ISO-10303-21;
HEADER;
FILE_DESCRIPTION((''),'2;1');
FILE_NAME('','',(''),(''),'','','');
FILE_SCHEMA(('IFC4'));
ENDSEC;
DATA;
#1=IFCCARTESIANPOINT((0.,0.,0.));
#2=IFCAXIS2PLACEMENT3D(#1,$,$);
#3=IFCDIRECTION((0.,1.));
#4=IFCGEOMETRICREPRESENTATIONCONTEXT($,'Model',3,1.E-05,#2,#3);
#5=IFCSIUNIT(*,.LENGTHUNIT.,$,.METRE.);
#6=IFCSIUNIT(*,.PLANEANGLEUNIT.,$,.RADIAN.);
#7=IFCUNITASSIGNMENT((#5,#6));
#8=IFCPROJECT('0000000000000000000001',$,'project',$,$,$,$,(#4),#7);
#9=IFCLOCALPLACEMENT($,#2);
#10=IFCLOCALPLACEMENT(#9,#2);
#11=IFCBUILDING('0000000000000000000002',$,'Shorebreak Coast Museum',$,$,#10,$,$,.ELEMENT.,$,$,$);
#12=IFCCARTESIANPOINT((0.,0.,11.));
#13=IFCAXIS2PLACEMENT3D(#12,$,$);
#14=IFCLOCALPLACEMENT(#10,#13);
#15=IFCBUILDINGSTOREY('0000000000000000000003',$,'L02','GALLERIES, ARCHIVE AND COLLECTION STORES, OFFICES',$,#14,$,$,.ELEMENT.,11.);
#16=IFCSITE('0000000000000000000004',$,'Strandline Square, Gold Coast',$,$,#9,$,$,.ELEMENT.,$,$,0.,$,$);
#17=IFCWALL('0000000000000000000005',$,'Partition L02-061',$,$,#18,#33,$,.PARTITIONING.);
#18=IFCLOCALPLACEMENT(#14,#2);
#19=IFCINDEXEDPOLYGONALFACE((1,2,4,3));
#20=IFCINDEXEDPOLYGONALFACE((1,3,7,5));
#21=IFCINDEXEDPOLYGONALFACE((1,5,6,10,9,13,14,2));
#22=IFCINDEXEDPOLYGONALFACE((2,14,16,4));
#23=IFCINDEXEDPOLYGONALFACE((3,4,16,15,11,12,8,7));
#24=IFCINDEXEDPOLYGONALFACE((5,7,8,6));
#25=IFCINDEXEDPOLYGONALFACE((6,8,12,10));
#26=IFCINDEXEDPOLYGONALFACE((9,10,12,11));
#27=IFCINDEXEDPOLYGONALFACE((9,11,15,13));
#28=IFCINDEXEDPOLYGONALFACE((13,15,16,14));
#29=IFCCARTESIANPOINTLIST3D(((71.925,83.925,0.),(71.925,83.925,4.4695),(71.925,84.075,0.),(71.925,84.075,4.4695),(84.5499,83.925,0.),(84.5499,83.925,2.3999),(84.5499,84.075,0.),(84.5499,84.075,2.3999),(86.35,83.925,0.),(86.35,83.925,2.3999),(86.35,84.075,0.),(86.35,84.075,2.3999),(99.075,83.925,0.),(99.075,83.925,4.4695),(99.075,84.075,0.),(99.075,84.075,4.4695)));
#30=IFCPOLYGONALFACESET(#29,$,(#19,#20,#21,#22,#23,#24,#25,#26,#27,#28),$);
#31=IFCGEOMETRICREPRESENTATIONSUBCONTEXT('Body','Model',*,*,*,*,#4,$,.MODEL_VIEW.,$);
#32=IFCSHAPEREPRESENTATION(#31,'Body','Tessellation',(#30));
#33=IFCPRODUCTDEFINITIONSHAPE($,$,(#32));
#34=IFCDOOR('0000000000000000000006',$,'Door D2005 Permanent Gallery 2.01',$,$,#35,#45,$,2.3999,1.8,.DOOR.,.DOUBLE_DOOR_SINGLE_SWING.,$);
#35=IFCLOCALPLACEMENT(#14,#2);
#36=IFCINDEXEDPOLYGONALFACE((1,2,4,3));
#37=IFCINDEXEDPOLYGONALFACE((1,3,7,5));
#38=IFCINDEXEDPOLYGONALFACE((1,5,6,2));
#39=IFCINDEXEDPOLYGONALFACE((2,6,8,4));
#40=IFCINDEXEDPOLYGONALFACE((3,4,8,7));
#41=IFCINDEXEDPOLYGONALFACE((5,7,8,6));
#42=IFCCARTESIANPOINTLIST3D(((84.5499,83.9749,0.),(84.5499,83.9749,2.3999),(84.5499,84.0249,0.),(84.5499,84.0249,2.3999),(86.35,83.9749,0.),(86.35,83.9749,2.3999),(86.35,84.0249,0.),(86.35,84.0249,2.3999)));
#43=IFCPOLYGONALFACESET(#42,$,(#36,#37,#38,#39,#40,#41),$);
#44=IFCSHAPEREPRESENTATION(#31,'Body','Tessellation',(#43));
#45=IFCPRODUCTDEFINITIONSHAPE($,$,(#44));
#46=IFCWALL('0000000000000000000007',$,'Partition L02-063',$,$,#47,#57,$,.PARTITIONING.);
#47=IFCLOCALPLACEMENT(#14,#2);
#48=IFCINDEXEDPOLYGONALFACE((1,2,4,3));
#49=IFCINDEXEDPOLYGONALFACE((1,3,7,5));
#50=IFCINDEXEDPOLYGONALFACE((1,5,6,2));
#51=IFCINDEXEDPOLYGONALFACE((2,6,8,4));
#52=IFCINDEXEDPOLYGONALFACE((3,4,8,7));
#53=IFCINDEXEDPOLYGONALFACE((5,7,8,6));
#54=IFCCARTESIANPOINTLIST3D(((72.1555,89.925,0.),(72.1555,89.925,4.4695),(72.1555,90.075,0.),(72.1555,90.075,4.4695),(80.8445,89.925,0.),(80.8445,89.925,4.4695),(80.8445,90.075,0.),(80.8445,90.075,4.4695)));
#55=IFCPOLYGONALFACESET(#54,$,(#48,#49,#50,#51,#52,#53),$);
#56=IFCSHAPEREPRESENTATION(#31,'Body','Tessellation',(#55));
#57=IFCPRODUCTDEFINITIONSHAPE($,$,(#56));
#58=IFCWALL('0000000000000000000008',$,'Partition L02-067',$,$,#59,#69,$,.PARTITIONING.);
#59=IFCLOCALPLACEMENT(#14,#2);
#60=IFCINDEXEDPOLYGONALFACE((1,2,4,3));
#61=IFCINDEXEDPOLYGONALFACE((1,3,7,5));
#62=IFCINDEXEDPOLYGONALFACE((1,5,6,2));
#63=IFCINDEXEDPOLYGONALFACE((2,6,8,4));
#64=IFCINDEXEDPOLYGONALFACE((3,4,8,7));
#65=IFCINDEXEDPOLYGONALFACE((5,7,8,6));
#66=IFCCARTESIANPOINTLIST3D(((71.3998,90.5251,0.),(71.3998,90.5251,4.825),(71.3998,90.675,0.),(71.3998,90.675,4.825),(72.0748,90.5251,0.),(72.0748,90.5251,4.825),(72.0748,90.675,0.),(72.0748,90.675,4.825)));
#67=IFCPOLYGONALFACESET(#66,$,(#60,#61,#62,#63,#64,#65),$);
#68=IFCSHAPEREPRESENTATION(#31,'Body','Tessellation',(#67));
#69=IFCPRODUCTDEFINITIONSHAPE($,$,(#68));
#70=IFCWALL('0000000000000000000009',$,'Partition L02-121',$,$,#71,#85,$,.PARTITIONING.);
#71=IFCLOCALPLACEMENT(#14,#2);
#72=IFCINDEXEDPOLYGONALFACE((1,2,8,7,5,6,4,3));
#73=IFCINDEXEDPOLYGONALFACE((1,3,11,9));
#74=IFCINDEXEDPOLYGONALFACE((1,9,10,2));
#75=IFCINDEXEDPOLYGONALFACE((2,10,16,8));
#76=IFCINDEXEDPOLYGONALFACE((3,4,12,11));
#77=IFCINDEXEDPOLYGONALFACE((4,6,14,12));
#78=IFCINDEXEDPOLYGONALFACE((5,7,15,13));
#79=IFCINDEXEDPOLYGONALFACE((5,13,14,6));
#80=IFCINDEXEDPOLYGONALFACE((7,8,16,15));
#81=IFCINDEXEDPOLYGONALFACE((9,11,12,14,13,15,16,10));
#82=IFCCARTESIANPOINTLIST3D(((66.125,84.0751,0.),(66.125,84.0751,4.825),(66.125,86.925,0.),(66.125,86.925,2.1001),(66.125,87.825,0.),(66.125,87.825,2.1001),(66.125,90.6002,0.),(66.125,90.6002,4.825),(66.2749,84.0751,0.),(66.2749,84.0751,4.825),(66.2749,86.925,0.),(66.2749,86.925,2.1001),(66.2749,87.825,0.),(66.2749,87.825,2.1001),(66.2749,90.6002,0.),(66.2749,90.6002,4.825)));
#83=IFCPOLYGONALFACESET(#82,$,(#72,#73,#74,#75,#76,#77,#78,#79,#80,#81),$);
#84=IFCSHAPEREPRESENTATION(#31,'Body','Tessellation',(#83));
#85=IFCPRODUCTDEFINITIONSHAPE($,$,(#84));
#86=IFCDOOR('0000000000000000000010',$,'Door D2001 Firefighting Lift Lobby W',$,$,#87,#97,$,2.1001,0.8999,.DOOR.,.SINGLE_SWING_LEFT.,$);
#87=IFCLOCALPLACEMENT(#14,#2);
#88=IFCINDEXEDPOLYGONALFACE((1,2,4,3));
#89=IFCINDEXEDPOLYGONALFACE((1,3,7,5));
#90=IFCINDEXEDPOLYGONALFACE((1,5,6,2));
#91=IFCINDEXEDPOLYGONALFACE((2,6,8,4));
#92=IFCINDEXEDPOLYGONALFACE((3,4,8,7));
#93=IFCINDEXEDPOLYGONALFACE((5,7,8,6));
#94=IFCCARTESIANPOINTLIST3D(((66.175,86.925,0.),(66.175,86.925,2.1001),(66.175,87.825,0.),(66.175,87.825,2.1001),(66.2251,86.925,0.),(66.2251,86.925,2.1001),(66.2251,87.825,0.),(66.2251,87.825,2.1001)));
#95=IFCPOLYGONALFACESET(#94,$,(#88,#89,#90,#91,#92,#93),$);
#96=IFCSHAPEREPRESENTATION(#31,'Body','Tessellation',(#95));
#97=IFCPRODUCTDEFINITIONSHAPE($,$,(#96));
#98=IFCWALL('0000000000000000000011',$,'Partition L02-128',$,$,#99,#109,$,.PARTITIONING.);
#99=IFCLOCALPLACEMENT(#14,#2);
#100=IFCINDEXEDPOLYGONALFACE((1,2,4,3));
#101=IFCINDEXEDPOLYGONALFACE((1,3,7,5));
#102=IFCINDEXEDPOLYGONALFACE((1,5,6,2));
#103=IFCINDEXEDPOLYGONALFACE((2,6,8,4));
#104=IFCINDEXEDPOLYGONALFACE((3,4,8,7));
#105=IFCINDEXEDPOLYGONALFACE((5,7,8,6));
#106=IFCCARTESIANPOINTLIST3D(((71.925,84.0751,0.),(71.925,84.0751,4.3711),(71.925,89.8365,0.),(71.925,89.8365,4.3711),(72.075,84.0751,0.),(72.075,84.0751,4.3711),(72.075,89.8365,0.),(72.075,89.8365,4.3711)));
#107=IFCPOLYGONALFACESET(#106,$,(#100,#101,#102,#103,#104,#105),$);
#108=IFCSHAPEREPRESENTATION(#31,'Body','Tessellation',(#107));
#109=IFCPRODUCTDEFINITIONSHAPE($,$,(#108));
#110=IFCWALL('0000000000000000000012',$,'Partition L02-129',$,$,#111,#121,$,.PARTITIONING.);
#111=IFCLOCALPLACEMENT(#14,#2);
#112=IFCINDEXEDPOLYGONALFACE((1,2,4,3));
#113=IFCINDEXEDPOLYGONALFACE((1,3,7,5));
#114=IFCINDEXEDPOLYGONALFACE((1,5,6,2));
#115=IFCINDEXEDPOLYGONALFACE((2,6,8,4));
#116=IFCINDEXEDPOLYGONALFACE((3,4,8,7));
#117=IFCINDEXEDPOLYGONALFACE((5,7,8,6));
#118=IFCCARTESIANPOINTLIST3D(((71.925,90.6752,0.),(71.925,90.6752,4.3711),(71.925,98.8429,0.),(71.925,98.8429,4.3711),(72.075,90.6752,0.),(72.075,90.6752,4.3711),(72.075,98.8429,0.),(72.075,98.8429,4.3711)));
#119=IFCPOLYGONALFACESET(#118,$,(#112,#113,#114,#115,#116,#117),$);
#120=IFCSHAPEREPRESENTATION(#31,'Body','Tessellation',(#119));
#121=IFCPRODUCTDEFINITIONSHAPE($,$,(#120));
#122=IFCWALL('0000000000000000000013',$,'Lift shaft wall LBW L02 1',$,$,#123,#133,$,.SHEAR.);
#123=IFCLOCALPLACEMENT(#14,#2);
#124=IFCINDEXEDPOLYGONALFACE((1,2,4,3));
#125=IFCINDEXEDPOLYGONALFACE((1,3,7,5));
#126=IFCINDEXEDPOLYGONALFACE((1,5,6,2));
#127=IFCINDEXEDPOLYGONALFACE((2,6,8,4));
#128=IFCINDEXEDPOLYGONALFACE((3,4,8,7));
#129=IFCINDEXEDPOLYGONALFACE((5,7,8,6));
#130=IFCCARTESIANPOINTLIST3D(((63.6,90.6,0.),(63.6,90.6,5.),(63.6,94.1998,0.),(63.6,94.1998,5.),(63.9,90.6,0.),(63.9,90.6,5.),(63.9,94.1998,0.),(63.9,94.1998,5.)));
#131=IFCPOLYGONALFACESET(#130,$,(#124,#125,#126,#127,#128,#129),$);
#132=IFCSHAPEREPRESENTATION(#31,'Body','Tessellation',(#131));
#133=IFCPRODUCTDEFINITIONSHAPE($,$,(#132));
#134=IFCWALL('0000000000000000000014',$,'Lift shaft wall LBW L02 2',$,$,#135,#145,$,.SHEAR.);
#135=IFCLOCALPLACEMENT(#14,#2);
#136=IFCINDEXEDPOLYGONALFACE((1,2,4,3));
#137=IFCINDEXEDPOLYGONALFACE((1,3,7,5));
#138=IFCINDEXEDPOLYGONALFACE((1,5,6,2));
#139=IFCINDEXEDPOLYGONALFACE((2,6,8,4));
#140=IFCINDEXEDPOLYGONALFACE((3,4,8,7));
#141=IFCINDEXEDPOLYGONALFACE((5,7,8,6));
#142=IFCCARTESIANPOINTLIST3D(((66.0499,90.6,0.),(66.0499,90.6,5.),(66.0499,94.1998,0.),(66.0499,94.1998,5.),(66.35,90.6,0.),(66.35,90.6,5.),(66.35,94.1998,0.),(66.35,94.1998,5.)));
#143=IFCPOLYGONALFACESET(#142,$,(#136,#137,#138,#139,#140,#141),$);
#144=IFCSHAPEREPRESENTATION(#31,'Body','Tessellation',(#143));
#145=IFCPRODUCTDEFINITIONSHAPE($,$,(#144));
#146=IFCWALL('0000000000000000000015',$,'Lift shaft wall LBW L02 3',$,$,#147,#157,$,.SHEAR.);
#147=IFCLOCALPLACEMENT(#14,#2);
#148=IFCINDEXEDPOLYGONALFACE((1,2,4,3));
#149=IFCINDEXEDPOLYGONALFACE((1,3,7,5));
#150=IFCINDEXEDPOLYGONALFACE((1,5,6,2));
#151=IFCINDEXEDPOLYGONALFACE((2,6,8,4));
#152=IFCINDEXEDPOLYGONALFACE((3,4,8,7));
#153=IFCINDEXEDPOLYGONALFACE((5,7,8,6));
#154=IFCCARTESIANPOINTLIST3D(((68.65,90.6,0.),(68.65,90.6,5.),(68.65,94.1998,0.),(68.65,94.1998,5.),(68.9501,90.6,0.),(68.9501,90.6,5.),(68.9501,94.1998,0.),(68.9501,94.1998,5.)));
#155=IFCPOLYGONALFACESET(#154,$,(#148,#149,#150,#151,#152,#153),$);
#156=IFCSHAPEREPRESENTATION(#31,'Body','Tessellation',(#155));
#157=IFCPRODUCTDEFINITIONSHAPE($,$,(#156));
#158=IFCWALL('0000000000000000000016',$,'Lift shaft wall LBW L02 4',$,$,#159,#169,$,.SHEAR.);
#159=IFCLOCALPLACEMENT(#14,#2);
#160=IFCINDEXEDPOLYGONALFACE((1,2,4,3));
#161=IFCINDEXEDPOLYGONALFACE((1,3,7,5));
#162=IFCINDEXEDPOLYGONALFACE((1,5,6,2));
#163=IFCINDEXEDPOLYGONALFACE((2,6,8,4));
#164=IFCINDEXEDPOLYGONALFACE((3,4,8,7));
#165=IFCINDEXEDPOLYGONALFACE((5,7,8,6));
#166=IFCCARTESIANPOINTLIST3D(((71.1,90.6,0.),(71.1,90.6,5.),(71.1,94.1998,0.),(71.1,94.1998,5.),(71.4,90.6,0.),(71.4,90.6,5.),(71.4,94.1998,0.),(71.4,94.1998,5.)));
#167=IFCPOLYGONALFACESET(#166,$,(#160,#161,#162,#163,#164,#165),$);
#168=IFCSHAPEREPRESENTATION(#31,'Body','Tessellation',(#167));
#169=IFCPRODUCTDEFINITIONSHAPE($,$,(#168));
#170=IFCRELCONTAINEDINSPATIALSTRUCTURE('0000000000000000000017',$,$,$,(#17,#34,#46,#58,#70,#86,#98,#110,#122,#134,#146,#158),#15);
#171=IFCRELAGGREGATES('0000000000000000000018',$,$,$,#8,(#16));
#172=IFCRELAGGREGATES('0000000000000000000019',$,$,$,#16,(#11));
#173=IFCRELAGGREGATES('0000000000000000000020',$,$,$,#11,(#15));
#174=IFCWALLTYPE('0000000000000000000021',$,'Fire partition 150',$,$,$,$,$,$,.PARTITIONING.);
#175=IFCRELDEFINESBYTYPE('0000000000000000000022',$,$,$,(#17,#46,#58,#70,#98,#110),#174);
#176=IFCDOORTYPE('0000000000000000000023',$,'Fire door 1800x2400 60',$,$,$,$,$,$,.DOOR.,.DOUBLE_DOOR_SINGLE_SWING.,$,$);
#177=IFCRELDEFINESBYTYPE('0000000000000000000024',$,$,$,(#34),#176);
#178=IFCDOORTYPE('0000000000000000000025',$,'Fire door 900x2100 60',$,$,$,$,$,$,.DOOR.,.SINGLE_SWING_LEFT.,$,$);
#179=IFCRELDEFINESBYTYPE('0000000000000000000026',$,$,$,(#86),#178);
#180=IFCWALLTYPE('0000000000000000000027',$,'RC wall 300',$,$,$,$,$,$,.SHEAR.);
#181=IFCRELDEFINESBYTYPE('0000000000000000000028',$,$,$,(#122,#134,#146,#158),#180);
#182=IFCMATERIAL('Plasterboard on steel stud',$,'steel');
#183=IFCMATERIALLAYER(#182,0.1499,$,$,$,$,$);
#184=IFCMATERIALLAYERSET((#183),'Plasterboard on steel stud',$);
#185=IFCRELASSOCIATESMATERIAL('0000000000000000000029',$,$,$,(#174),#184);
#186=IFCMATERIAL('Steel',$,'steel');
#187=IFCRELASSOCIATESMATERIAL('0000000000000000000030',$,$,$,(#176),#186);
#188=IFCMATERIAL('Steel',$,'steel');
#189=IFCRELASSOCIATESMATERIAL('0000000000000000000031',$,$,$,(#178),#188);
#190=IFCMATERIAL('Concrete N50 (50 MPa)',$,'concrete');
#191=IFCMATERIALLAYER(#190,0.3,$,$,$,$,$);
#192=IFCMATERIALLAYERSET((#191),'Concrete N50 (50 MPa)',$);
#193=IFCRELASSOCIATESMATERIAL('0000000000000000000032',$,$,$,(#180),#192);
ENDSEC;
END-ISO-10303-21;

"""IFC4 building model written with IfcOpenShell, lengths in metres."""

from ifc_helpers import new_model, si_unit, direction, frame, frame_2d, origin, place, context, subcontext, project, spatial, rectangle, extrude, material, layer, layer_set, type_object, element, fill, save


model = new_model("IFC4")

# Units and contexts
model_context = context("Model", 3, precision=1e-05, world=origin(), true_north=direction((0.0, 1.0)))
body_context = subcontext(model_context, "Body", "Model", "MODEL_VIEW")
ifc_project = project(units=[si_unit("LENGTHUNIT", "METRE"), si_unit("PLANEANGLEUNIT", "RADIAN")], contexts=[model_context])

# Site, building, storey
site_placement = place(None, origin())
site = spatial("IfcSite", under=ifc_project, at=site_placement, Name="Strandline Square, Gold Coast", CompositionType="ELEMENT", RefElevation=0.0)
building_placement = place(site_placement, origin())
building = spatial("IfcBuilding", under=site, at=building_placement, Name="Shorebreak Coast Museum", CompositionType="ELEMENT")
storey_placement = place(building_placement, frame((0.0, 0.0, 11.0)))
storey = spatial("IfcBuildingStorey", under=building, at=storey_placement, Name="L02", Description="GALLERIES, ARCHIVE AND COLLECTION STORES, OFFICES", CompositionType="ELEMENT", Elevation=11.0)

# Wall, opening, door
ifc_material_1 = material(Name="Plasterboard on steel stud", Category="steel")
ifc_layer_1 = layer(ifc_material_1, 0.1499)
ifc_layer_set_1 = layer_set([ifc_layer_1], Name="Plasterboard on steel stud")
wall_type_1 = type_object("IfcWallType", Name="Fire partition 150", PredefinedType="PARTITIONING", material=ifc_layer_set_1)
wall_1_placement = place(storey_placement, frame((71.925, 84.0, 0.0), z_axis=(0.0, 0.0, 1.0), x_axis=(1.0, 0.0, 0.0)))
wall_1 = element("IfcWall", 1, at=wall_1_placement, inside=storey, type_object=wall_type_1, Name="Partition L02-061", PredefinedType="PARTITIONING", context=body_context, shape_type="SweptSolid", body=[
    extrude(rectangle(XDim=27.1499, YDim=0.1499, at=frame_2d((13.575, 0.0))), origin(), (0.0, 0.0, 1.0), 4.4695),
])
opening_1_placement = place(wall_1_placement, frame((12.625, 0.0, 0.0)))
opening_1 = element("IfcOpeningElement", 2, at=opening_1_placement, cuts=wall_1, PredefinedType="OPENING", context=body_context, shape_type="SweptSolid", body=[
    extrude(rectangle(XDim=1.8, YDim=2.3999, at=frame_2d((0.8999, 1.2))), frame((0.0, 0.085, 0.0), z_axis=(0.0, -1.0, 0.0), x_axis=(1.0, 0.0, 0.0)), (0.0, 0.0, 1.0), 0.1699),
])
ifc_material_2 = material(Name="Steel", Category="steel")
door_type_1 = type_object("IfcDoorType", Name="Fire door 1800x2400 60", OperationType="DOUBLE_DOOR_SINGLE_SWING", PredefinedType="DOOR", material=ifc_material_2)
door_1_placement = place(opening_1_placement, origin())
door_1 = element("IfcDoor", 3, at=door_1_placement, inside=storey, type_object=door_type_1, Name="Door D2005 Permanent Gallery 2.01", OperationType="DOUBLE_DOOR_SINGLE_SWING", OverallHeight=2.3999, OverallWidth=1.8, PredefinedType="DOOR", context=body_context, shape_type="SweptSolid", body=[
    extrude(rectangle(XDim=1.8, YDim=2.3999, at=frame_2d((0.8999, 1.2))), frame((0.0, 0.0249, 0.0), z_axis=(0.0, -1.0, 0.0), x_axis=(1.0, 0.0, 0.0)), (0.0, 0.0, 1.0), 0.05),
])
fill(opening_1, door_1)

# Walls
wall_2_placement = place(storey_placement, frame((72.1555, 90.0, 0.0), z_axis=(0.0, 0.0, 1.0), x_axis=(1.0, 0.0, 0.0)))
element("IfcWall", 4, at=wall_2_placement, inside=storey, type_object=wall_type_1, Name="Partition L02-063", PredefinedType="PARTITIONING", context=body_context, shape_type="SweptSolid", body=[
    extrude(rectangle(XDim=8.689, YDim=0.1499, at=frame_2d((4.3445, 0.0))), origin(), (0.0, 0.0, 1.0), 4.4695),
])
wall_3_placement = place(storey_placement, frame((71.3999, 90.6001, 0.0), z_axis=(0.0, 0.0, 1.0), x_axis=(1.0, 0.0, 0.0)))
element("IfcWall", 5, at=wall_3_placement, inside=storey, type_object=wall_type_1, Name="Partition L02-067", PredefinedType="PARTITIONING", context=body_context, shape_type="SweptSolid", body=[
    extrude(rectangle(XDim=0.675, YDim=0.1499, at=frame_2d((0.3374, 0.0))), origin(), (0.0, 0.0, 1.0), 4.825),
])

# Wall, opening, door
wall_4_placement = place(storey_placement, frame((66.2, 84.075, 0.0), z_axis=(0.0, 0.0, 1.0), x_axis=(0.0, 1.0, 0.0)))
wall_4 = element("IfcWall", 6, at=wall_4_placement, inside=storey, type_object=wall_type_1, Name="Partition L02-121", PredefinedType="PARTITIONING", context=body_context, shape_type="SweptSolid", body=[
    extrude(rectangle(XDim=6.5251, YDim=0.1499, at=frame_2d((3.2627, 0.0))), origin(), (0.0, 0.0, 1.0), 4.825),
])
opening_2_placement = place(wall_4_placement, frame((2.8501, 0.0, 0.0)))
opening_2 = element("IfcOpeningElement", 7, at=opening_2_placement, cuts=wall_4, PredefinedType="OPENING", context=body_context, shape_type="SweptSolid", body=[
    extrude(rectangle(XDim=0.8999, YDim=2.1001, at=frame_2d((0.45, 1.05))), frame((0.0, 0.085, 0.0), z_axis=(0.0, -1.0, 0.0), x_axis=(1.0, 0.0, 0.0)), (0.0, 0.0, 1.0), 0.1699),
])
ifc_material_3 = material(Name="Steel", Category="steel")
door_type_2 = type_object("IfcDoorType", Name="Fire door 900x2100 60", OperationType="SINGLE_SWING_LEFT", PredefinedType="DOOR", material=ifc_material_3)
door_2_placement = place(opening_2_placement, origin())
door_2 = element("IfcDoor", 8, at=door_2_placement, inside=storey, type_object=door_type_2, Name="Door D2001 Firefighting Lift Lobby W", OperationType="SINGLE_SWING_LEFT", OverallHeight=2.1001, OverallWidth=0.8999, PredefinedType="DOOR", context=body_context, shape_type="SweptSolid", body=[
    extrude(rectangle(XDim=0.8999, YDim=2.1001, at=frame_2d((0.45, 1.05))), frame((0.0, 0.0249, 0.0), z_axis=(0.0, -1.0, 0.0), x_axis=(1.0, 0.0, 0.0)), (0.0, 0.0, 1.0), 0.05),
])
fill(opening_2, door_2)

# Walls
wall_5_placement = place(storey_placement, frame((72.0, 84.075, 0.0), z_axis=(0.0, 0.0, 1.0), x_axis=(0.0, 1.0, 0.0)))
element("IfcWall", 9, at=wall_5_placement, inside=storey, type_object=wall_type_1, Name="Partition L02-128", PredefinedType="PARTITIONING", context=body_context, shape_type="SweptSolid", body=[
    extrude(rectangle(XDim=5.7615, YDim=0.1499, at=frame_2d((2.8809, 0.0))), origin(), (0.0, 0.0, 1.0), 4.3711),
])
wall_6_placement = place(storey_placement, frame((72.0, 90.675, 0.0), z_axis=(0.0, 0.0, 1.0), x_axis=(0.0, 1.0, 0.0)))
element("IfcWall", 10, at=wall_6_placement, inside=storey, type_object=wall_type_1, Name="Partition L02-129", PredefinedType="PARTITIONING", context=body_context, shape_type="SweptSolid", body=[
    extrude(rectangle(XDim=8.1677, YDim=0.1499, at=frame_2d((4.084, 0.0))), origin(), (0.0, 0.0, 1.0), 4.3711),
])
ifc_material_4 = material(Name="Concrete N50 (50 MPa)", Category="concrete")
ifc_layer_2 = layer(ifc_material_4, 0.3)
ifc_layer_set_2 = layer_set([ifc_layer_2], Name="Concrete N50 (50 MPa)")
wall_type_2 = type_object("IfcWallType", Name="RC wall 300", PredefinedType="SHEAR", material=ifc_layer_set_2)
for number, where, z_axis, x_axis, name in (
    (11, (63.75, 90.6001, 0.0), (0.0, 0.0, 1.0), (0.0, 1.0, 0.0), "Lift shaft wall LBW L02 1"),
    (12, (66.2, 90.6001, 0.0), (0.0, 0.0, 1.0), (0.0, 1.0, 0.0), "Lift shaft wall LBW L02 2"),
    (13, (68.8, 90.6001, 0.0), (0.0, 0.0, 1.0), (0.0, 1.0, 0.0), "Lift shaft wall LBW L02 3"),
    (14, (71.25, 90.6001, 0.0), (0.0, 0.0, 1.0), (0.0, 1.0, 0.0), "Lift shaft wall LBW L02 4"),
):
    element("IfcWall", number, at=place(storey_placement, frame(where, z_axis=z_axis, x_axis=x_axis)), inside=storey, type_object=wall_type_2, Name=name, PredefinedType="SHEAR", context=body_context, shape_type="SweptSolid", body=[
        extrude(rectangle(XDim=3.5999, YDim=0.3, at=frame_2d((1.7998, 0.0))), origin(), (0.0, 0.0, 1.0), 5.0),
    ])

save(model, "model.ifc")
